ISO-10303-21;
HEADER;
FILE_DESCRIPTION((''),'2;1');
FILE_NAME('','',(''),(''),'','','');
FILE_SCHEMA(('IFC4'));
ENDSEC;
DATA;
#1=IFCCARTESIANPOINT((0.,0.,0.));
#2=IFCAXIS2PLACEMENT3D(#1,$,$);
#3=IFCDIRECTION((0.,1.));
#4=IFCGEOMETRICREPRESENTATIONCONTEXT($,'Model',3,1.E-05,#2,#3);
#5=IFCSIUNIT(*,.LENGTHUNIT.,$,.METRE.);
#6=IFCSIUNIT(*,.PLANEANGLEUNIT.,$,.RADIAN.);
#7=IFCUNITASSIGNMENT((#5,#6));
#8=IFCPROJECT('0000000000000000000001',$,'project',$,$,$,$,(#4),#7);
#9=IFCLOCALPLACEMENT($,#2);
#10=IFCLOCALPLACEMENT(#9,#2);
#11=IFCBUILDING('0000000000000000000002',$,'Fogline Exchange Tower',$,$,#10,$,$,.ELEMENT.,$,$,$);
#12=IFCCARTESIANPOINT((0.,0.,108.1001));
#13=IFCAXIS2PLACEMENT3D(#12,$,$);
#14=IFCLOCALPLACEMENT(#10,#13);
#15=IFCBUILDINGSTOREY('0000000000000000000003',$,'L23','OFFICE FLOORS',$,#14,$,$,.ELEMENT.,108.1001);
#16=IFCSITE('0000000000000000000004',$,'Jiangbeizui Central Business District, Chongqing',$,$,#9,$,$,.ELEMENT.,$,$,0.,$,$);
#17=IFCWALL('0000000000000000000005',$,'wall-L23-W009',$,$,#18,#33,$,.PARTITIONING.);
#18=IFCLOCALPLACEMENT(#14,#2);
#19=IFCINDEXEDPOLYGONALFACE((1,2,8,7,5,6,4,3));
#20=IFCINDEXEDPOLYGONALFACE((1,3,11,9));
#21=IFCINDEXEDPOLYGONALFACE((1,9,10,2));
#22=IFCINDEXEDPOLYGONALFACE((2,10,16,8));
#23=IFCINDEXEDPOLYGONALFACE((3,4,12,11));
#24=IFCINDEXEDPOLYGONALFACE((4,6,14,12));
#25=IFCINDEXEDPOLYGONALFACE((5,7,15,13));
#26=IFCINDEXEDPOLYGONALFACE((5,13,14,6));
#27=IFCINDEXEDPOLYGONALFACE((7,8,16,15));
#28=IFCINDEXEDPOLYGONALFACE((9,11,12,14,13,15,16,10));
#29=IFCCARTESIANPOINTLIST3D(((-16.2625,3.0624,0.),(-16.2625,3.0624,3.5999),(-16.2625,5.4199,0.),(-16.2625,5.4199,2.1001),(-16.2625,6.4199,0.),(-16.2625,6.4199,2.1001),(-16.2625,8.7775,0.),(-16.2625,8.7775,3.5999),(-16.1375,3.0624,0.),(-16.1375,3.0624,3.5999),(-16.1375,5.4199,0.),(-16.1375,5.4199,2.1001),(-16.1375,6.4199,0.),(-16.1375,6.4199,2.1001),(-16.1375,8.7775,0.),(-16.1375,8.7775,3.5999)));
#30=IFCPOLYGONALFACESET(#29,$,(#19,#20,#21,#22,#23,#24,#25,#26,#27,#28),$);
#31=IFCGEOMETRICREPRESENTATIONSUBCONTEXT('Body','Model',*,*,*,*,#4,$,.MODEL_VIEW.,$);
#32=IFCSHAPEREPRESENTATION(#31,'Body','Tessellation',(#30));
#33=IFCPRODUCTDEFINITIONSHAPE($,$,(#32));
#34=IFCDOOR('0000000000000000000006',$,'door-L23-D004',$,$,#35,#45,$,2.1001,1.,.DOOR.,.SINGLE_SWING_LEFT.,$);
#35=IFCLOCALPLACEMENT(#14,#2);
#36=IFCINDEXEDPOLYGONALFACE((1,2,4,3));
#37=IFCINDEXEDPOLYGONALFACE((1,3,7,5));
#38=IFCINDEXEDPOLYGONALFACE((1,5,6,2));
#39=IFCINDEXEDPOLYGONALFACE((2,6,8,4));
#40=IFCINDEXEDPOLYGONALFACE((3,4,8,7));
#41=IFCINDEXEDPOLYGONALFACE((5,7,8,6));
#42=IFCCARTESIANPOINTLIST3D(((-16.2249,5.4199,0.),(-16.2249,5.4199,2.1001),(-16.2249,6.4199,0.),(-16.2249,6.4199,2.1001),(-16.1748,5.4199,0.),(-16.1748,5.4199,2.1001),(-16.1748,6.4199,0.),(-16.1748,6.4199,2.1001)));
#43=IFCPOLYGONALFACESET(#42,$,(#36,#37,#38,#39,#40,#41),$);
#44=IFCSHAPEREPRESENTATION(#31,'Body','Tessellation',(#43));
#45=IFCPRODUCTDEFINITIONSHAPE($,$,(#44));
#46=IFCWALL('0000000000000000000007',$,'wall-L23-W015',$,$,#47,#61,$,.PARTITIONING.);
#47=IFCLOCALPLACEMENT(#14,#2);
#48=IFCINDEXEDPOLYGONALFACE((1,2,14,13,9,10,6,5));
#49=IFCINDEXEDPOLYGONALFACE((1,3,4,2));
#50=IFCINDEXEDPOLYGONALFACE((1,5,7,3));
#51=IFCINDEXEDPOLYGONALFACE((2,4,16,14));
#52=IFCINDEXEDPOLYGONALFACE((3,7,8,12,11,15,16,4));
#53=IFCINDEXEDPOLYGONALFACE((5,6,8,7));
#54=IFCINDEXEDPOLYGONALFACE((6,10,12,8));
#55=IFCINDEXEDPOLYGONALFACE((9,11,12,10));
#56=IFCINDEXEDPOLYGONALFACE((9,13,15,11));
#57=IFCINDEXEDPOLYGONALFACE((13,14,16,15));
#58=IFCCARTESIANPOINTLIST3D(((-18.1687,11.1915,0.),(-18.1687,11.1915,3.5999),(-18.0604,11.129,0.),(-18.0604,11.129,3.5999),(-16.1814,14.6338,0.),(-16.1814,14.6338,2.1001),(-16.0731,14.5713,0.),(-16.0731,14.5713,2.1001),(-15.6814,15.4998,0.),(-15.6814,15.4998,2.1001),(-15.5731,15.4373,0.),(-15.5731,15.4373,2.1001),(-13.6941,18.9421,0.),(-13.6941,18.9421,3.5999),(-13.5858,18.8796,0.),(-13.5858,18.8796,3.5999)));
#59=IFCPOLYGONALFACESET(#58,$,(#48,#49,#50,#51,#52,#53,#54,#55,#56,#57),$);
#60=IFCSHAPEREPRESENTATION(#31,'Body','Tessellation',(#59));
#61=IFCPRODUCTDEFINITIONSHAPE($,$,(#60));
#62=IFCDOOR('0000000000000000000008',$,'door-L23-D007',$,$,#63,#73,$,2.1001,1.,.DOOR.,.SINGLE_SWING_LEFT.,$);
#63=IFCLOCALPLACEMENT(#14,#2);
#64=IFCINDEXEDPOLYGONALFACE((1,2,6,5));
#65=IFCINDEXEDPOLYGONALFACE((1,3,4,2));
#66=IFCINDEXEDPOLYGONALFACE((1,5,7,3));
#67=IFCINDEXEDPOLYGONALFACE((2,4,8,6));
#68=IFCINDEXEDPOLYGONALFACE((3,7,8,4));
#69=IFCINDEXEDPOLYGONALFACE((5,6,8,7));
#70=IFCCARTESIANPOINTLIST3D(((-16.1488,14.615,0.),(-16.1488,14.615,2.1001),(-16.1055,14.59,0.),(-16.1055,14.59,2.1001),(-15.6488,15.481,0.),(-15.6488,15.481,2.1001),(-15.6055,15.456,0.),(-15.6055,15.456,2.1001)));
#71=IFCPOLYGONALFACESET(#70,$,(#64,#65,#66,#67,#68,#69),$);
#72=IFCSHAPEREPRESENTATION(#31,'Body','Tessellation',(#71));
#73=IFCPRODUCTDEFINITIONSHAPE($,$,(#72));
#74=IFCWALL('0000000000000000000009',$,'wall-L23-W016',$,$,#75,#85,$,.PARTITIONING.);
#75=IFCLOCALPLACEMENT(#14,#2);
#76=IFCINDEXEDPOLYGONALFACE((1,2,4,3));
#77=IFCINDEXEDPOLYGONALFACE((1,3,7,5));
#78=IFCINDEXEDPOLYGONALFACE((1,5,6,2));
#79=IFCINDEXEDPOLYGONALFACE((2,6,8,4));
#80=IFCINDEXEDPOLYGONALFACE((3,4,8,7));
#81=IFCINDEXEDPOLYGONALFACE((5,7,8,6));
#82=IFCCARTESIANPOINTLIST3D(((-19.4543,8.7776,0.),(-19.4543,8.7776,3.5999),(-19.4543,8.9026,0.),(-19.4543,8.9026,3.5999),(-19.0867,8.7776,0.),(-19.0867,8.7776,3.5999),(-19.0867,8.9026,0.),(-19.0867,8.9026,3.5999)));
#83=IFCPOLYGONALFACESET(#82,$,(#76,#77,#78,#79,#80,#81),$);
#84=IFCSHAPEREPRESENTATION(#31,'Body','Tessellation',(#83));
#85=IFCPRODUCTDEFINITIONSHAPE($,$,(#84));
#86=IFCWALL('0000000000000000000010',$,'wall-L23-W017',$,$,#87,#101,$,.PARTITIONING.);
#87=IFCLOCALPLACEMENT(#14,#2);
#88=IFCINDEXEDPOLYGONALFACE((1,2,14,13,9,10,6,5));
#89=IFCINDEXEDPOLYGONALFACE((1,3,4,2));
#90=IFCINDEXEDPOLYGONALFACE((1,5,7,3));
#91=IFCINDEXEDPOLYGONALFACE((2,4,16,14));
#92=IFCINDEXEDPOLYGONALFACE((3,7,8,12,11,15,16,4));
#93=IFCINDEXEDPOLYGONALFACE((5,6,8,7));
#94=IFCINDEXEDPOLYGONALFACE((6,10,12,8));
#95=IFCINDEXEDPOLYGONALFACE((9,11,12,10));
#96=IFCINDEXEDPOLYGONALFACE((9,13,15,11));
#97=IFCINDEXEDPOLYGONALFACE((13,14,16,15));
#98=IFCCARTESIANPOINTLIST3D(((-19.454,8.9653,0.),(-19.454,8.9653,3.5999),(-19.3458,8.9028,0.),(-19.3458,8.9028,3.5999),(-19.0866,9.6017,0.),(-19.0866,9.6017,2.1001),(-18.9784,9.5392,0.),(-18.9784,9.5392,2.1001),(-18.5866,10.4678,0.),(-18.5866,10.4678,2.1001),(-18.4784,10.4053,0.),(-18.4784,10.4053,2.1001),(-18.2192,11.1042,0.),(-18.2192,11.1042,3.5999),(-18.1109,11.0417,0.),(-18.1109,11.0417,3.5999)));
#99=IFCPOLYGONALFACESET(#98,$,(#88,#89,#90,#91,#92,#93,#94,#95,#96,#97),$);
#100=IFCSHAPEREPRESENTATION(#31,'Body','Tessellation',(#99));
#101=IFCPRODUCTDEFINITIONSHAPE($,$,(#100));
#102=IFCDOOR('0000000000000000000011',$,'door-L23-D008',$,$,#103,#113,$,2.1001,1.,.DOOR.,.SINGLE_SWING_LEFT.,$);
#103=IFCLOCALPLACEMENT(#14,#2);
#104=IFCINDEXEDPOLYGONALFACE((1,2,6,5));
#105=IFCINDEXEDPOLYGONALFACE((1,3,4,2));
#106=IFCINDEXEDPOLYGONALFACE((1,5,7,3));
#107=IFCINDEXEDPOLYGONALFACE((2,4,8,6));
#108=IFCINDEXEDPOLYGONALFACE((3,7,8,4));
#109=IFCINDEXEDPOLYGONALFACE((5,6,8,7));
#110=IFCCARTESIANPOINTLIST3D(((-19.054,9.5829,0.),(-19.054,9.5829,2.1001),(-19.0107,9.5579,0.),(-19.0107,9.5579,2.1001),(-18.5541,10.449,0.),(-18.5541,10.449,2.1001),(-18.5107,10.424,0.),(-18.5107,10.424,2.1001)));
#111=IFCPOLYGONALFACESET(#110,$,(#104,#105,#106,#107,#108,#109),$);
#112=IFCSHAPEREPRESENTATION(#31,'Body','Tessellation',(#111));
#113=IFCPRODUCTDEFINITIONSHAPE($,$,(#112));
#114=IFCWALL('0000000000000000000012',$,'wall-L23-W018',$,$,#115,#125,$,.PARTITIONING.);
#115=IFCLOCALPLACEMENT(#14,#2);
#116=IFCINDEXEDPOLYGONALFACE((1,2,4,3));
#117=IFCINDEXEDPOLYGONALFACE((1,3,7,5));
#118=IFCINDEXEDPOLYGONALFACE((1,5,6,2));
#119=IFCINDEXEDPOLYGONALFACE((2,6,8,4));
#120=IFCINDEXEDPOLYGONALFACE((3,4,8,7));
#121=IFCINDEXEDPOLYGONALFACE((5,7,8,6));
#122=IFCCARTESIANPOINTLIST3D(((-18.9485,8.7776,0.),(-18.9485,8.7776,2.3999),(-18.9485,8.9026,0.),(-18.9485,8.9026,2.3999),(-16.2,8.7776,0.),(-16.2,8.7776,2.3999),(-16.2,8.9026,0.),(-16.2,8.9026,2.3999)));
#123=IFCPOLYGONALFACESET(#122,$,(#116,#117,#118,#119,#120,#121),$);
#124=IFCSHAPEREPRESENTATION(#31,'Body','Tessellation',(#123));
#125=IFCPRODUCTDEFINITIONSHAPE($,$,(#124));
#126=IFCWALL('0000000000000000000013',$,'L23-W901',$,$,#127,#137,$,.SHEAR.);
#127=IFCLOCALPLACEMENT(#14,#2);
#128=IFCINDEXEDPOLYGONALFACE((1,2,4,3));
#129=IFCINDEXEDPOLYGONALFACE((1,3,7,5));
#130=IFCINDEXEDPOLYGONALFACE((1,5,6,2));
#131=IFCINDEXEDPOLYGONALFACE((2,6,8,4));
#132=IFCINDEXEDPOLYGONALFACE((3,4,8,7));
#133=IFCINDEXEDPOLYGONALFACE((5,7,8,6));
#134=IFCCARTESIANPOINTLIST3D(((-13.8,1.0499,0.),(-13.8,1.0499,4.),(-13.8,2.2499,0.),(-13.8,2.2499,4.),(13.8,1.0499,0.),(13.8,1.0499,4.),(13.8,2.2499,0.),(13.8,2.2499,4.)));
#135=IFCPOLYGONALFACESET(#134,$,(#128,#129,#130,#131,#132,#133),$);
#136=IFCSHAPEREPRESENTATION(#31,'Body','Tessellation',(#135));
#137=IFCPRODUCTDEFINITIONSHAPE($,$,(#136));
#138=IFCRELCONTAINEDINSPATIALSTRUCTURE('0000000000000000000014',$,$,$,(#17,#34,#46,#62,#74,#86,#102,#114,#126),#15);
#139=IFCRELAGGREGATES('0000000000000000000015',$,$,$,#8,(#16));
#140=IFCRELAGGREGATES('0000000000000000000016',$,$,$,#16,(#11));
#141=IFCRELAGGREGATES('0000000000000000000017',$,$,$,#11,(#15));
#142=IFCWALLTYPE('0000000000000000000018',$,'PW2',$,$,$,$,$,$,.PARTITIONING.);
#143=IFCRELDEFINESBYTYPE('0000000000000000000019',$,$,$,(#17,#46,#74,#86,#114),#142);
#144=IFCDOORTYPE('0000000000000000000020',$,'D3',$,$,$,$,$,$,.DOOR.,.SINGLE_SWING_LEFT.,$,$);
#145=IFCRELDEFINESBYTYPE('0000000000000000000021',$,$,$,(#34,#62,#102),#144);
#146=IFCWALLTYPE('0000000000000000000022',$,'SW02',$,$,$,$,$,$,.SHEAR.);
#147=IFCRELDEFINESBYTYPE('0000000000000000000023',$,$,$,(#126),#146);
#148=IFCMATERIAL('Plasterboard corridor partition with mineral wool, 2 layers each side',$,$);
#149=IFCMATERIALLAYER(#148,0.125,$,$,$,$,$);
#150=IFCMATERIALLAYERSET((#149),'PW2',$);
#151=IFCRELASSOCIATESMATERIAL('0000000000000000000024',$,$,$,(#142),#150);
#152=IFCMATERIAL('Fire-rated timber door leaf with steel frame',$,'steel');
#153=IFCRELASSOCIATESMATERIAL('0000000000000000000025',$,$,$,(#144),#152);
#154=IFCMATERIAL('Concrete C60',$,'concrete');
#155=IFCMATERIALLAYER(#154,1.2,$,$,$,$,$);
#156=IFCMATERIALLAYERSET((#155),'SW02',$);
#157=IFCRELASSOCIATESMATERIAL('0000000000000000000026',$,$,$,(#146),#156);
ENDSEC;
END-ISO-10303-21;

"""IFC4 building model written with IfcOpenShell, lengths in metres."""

from ifc_helpers import new_model, si_unit, direction, frame, frame_2d, origin, place, context, subcontext, project, spatial, rectangle, extrude, material, layer, layer_set, type_object, element, fill, save


model = new_model("IFC4")

# Units and contexts
model_context = context("Model", 3, precision=1e-05, world=origin(), true_north=direction((0.0, 1.0)))
body_context = subcontext(model_context, "Body", "Model", "MODEL_VIEW")
ifc_project = project(units=[si_unit("LENGTHUNIT", "METRE"), si_unit("PLANEANGLEUNIT", "RADIAN")], contexts=[model_context])

# Site, building, storey
site_placement = place(None, origin())
site = spatial("IfcSite", under=ifc_project, at=site_placement, Name="Jiangbeizui Central Business District, Chongqing", CompositionType="ELEMENT", RefElevation=0.0)
building_placement = place(site_placement, origin())
building = spatial("IfcBuilding", under=site, at=building_placement, Name="Fogline Exchange Tower", CompositionType="ELEMENT")
storey_placement = place(building_placement, frame((0.0, 0.0, 108.1001)))
storey = spatial("IfcBuildingStorey", under=building, at=storey_placement, Name="L23", Description="OFFICE FLOORS", CompositionType="ELEMENT", Elevation=108.1001)

# Shared definitions
ifc_material_1 = material(Name="Plasterboard corridor partition with mineral wool, 2 layers each side")
ifc_layer_1 = layer(ifc_material_1, 0.125)
ifc_layer_set_1 = layer_set([ifc_layer_1], Name="PW2")
wall_type_1 = type_object("IfcWallType", Name="PW2", PredefinedType="PARTITIONING", material=ifc_layer_set_1)

# Walls, openings, doors
wall_1_placement = place(storey_placement, frame((-16.2, 3.0625, 0.0), z_axis=(0.0, 0.0, 1.0), x_axis=(0.0, 1.0, 0.0)))
wall_1 = element("IfcWall", 1, at=wall_1_placement, inside=storey, type_object=wall_type_1, Name="wall-L23-W009", PredefinedType="PARTITIONING", context=body_context, shape_type="SweptSolid", body=[
    extrude(rectangle(XDim=5.7151, YDim=0.125, at=frame_2d((2.8574, 0.0))), origin(), (0.0, 0.0, 1.0), 3.5999),
])
opening_1_placement = place(wall_1_placement, frame((2.3574, 0.0, 0.0)))
opening_1 = element("IfcOpeningElement", 2, at=opening_1_placement, cuts=wall_1, PredefinedType="OPENING", context=body_context, shape_type="SweptSolid", body=[
    extrude(rectangle(XDim=1.0, YDim=2.1001, at=frame_2d((0.5, 1.05))), frame((0.0, 0.0725, 0.0), z_axis=(0.0, -1.0, 0.0), x_axis=(1.0, 0.0, 0.0)), (0.0, 0.0, 1.0), 0.145),
])
ifc_material_2 = material(Name="Fire-rated timber door leaf with steel frame", Category="steel")
door_type_1 = type_object("IfcDoorType", Name="D3", OperationType="SINGLE_SWING_LEFT", PredefinedType="DOOR", material=ifc_material_2)
door_1_placement = place(opening_1_placement, origin())
door_1 = element("IfcDoor", 3, at=door_1_placement, inside=storey, type_object=door_type_1, Name="door-L23-D004", OperationType="SINGLE_SWING_LEFT", OverallHeight=2.1001, OverallWidth=1.0, PredefinedType="DOOR", context=body_context, shape_type="SweptSolid", body=[
    extrude(rectangle(XDim=1.0, YDim=2.1001, at=frame_2d((0.5, 1.05))), frame((0.0, 0.0249, 0.0), z_axis=(0.0, -1.0, 0.0), x_axis=(1.0, 0.0, 0.0)), (0.0, 0.0, 1.0), 0.05),
])
fill(opening_1, door_1)
wall_2_placement = place(storey_placement, frame((-18.1145, 11.1604, 0.0), z_axis=(0.0, 0.0, 1.0), x_axis=(0.499989, 0.866032, 0.0)))
wall_2 = element("IfcWall", 4, at=wall_2_placement, inside=storey, type_object=wall_type_1, Name="wall-L23-W015", PredefinedType="PARTITIONING", context=body_context, shape_type="SweptSolid", body=[
    extrude(rectangle(XDim=8.9495, YDim=0.125, at=frame_2d((4.4746, 0.0))), origin(), (0.0, 0.0, 1.0), 3.5999),
])
opening_2_placement = place(wall_2_placement, frame((3.9746, 0.0, 0.0)))
opening_2 = element("IfcOpeningElement", 5, at=opening_2_placement, cuts=wall_2, PredefinedType="OPENING", context=body_context, shape_type="SweptSolid", body=[
    extrude(rectangle(XDim=1.0, YDim=2.1001, at=frame_2d((0.5, 1.05))), frame((0.0, 0.0725, 0.0), z_axis=(0.0, -1.0, 0.0), x_axis=(1.0, 0.0, 0.0)), (0.0, 0.0, 1.0), 0.145),
])
door_2_placement = place(opening_2_placement, origin())
door_2 = element("IfcDoor", 6, at=door_2_placement, inside=storey, type_object=door_type_1, Name="door-L23-D007", OperationType="SINGLE_SWING_LEFT", OverallHeight=2.1001, OverallWidth=1.0, PredefinedType="DOOR", context=body_context, shape_type="SweptSolid", body=[
    extrude(rectangle(XDim=1.0, YDim=2.1001, at=frame_2d((0.5, 1.05))), frame((0.0, 0.0249, 0.0), z_axis=(0.0, -1.0, 0.0), x_axis=(1.0, 0.0, 0.0)), (0.0, 0.0, 1.0), 0.05),
])
fill(opening_2, door_2)

# Wall
wall_3_placement = place(storey_placement, frame((-19.0867, 8.8401, 0.0), z_axis=(0.0, 0.0, 1.0), x_axis=(-1.0, 0.0, 0.0)))
element("IfcWall", 7, at=wall_3_placement, inside=storey, type_object=wall_type_1, Name="wall-L23-W016", PredefinedType="PARTITIONING", context=body_context, shape_type="SweptSolid", body=[
    extrude(rectangle(XDim=0.3677, YDim=0.125, at=frame_2d((0.1838, 0.0))), origin(), (0.0, 0.0, 1.0), 3.5999),
])

# Wall, opening, door
wall_4_placement = place(storey_placement, frame((-19.3999, 8.9341, 0.0), z_axis=(0.0, 0.0, 1.0), x_axis=(0.499988, 0.866032, 0.0)))
wall_4 = element("IfcWall", 8, at=wall_4_placement, inside=storey, type_object=wall_type_1, Name="wall-L23-W017", PredefinedType="PARTITIONING", context=body_context, shape_type="SweptSolid", body=[
    extrude(rectangle(XDim=2.4697, YDim=0.125, at=frame_2d((1.2349, 0.0))), origin(), (0.0, 0.0, 1.0), 3.5999),
])
opening_3_placement = place(wall_4_placement, frame((0.7349, 0.0, 0.0)))
opening_3 = element("IfcOpeningElement", 9, at=opening_3_placement, cuts=wall_4, PredefinedType="OPENING", context=body_context, shape_type="SweptSolid", body=[
    extrude(rectangle(XDim=1.0, YDim=2.1001, at=frame_2d((0.5, 1.05))), frame((0.0, 0.0725, 0.0), z_axis=(0.0, -1.0, 0.0), x_axis=(1.0, 0.0, 0.0)), (0.0, 0.0, 1.0), 0.145),
])
door_3_placement = place(opening_3_placement, origin())
door_3 = element("IfcDoor", 10, at=door_3_placement, inside=storey, type_object=door_type_1, Name="door-L23-D008", OperationType="SINGLE_SWING_LEFT", OverallHeight=2.1001, OverallWidth=1.0, PredefinedType="DOOR", context=body_context, shape_type="SweptSolid", body=[
    extrude(rectangle(XDim=1.0, YDim=2.1001, at=frame_2d((0.5, 1.05))), frame((0.0, 0.0249, 0.0), z_axis=(0.0, -1.0, 0.0), x_axis=(1.0, 0.0, 0.0)), (0.0, 0.0, 1.0), 0.05),
])
fill(opening_3, door_3)

# Walls
wall_5_placement = place(storey_placement, frame((-16.2, 8.8401, 0.0), z_axis=(0.0, 0.0, 1.0), x_axis=(-1.0, 0.0, 0.0)))
element("IfcWall", 11, at=wall_5_placement, inside=storey, type_object=wall_type_1, Name="wall-L23-W018", PredefinedType="PARTITIONING", context=body_context, shape_type="SweptSolid", body=[
    extrude(rectangle(XDim=2.7485, YDim=0.125, at=frame_2d((1.3743, 0.0))), origin(), (0.0, 0.0, 1.0), 2.3999),
])
ifc_material_3 = material(Name="Concrete C60", Category="concrete")
ifc_layer_2 = layer(ifc_material_3, 1.2)
ifc_layer_set_2 = layer_set([ifc_layer_2], Name="SW02")
wall_type_2 = type_object("IfcWallType", Name="SW02", PredefinedType="SHEAR", material=ifc_layer_set_2)
wall_6_placement = place(storey_placement, frame((-13.8, 1.6499, 0.0), z_axis=(0.0, 0.0, 1.0), x_axis=(1.0, 0.0, 0.0)))
element("IfcWall", 12, at=wall_6_placement, inside=storey, type_object=wall_type_2, Name="L23-W901", PredefinedType="SHEAR", context=body_context, shape_type="SweptSolid", body=[
    extrude(rectangle(XDim=27.6001, YDim=1.2, at=frame_2d((13.8, 0.0))), origin(), (0.0, 0.0, 1.0), 4.0),
])

save(model, "model.ifc")
